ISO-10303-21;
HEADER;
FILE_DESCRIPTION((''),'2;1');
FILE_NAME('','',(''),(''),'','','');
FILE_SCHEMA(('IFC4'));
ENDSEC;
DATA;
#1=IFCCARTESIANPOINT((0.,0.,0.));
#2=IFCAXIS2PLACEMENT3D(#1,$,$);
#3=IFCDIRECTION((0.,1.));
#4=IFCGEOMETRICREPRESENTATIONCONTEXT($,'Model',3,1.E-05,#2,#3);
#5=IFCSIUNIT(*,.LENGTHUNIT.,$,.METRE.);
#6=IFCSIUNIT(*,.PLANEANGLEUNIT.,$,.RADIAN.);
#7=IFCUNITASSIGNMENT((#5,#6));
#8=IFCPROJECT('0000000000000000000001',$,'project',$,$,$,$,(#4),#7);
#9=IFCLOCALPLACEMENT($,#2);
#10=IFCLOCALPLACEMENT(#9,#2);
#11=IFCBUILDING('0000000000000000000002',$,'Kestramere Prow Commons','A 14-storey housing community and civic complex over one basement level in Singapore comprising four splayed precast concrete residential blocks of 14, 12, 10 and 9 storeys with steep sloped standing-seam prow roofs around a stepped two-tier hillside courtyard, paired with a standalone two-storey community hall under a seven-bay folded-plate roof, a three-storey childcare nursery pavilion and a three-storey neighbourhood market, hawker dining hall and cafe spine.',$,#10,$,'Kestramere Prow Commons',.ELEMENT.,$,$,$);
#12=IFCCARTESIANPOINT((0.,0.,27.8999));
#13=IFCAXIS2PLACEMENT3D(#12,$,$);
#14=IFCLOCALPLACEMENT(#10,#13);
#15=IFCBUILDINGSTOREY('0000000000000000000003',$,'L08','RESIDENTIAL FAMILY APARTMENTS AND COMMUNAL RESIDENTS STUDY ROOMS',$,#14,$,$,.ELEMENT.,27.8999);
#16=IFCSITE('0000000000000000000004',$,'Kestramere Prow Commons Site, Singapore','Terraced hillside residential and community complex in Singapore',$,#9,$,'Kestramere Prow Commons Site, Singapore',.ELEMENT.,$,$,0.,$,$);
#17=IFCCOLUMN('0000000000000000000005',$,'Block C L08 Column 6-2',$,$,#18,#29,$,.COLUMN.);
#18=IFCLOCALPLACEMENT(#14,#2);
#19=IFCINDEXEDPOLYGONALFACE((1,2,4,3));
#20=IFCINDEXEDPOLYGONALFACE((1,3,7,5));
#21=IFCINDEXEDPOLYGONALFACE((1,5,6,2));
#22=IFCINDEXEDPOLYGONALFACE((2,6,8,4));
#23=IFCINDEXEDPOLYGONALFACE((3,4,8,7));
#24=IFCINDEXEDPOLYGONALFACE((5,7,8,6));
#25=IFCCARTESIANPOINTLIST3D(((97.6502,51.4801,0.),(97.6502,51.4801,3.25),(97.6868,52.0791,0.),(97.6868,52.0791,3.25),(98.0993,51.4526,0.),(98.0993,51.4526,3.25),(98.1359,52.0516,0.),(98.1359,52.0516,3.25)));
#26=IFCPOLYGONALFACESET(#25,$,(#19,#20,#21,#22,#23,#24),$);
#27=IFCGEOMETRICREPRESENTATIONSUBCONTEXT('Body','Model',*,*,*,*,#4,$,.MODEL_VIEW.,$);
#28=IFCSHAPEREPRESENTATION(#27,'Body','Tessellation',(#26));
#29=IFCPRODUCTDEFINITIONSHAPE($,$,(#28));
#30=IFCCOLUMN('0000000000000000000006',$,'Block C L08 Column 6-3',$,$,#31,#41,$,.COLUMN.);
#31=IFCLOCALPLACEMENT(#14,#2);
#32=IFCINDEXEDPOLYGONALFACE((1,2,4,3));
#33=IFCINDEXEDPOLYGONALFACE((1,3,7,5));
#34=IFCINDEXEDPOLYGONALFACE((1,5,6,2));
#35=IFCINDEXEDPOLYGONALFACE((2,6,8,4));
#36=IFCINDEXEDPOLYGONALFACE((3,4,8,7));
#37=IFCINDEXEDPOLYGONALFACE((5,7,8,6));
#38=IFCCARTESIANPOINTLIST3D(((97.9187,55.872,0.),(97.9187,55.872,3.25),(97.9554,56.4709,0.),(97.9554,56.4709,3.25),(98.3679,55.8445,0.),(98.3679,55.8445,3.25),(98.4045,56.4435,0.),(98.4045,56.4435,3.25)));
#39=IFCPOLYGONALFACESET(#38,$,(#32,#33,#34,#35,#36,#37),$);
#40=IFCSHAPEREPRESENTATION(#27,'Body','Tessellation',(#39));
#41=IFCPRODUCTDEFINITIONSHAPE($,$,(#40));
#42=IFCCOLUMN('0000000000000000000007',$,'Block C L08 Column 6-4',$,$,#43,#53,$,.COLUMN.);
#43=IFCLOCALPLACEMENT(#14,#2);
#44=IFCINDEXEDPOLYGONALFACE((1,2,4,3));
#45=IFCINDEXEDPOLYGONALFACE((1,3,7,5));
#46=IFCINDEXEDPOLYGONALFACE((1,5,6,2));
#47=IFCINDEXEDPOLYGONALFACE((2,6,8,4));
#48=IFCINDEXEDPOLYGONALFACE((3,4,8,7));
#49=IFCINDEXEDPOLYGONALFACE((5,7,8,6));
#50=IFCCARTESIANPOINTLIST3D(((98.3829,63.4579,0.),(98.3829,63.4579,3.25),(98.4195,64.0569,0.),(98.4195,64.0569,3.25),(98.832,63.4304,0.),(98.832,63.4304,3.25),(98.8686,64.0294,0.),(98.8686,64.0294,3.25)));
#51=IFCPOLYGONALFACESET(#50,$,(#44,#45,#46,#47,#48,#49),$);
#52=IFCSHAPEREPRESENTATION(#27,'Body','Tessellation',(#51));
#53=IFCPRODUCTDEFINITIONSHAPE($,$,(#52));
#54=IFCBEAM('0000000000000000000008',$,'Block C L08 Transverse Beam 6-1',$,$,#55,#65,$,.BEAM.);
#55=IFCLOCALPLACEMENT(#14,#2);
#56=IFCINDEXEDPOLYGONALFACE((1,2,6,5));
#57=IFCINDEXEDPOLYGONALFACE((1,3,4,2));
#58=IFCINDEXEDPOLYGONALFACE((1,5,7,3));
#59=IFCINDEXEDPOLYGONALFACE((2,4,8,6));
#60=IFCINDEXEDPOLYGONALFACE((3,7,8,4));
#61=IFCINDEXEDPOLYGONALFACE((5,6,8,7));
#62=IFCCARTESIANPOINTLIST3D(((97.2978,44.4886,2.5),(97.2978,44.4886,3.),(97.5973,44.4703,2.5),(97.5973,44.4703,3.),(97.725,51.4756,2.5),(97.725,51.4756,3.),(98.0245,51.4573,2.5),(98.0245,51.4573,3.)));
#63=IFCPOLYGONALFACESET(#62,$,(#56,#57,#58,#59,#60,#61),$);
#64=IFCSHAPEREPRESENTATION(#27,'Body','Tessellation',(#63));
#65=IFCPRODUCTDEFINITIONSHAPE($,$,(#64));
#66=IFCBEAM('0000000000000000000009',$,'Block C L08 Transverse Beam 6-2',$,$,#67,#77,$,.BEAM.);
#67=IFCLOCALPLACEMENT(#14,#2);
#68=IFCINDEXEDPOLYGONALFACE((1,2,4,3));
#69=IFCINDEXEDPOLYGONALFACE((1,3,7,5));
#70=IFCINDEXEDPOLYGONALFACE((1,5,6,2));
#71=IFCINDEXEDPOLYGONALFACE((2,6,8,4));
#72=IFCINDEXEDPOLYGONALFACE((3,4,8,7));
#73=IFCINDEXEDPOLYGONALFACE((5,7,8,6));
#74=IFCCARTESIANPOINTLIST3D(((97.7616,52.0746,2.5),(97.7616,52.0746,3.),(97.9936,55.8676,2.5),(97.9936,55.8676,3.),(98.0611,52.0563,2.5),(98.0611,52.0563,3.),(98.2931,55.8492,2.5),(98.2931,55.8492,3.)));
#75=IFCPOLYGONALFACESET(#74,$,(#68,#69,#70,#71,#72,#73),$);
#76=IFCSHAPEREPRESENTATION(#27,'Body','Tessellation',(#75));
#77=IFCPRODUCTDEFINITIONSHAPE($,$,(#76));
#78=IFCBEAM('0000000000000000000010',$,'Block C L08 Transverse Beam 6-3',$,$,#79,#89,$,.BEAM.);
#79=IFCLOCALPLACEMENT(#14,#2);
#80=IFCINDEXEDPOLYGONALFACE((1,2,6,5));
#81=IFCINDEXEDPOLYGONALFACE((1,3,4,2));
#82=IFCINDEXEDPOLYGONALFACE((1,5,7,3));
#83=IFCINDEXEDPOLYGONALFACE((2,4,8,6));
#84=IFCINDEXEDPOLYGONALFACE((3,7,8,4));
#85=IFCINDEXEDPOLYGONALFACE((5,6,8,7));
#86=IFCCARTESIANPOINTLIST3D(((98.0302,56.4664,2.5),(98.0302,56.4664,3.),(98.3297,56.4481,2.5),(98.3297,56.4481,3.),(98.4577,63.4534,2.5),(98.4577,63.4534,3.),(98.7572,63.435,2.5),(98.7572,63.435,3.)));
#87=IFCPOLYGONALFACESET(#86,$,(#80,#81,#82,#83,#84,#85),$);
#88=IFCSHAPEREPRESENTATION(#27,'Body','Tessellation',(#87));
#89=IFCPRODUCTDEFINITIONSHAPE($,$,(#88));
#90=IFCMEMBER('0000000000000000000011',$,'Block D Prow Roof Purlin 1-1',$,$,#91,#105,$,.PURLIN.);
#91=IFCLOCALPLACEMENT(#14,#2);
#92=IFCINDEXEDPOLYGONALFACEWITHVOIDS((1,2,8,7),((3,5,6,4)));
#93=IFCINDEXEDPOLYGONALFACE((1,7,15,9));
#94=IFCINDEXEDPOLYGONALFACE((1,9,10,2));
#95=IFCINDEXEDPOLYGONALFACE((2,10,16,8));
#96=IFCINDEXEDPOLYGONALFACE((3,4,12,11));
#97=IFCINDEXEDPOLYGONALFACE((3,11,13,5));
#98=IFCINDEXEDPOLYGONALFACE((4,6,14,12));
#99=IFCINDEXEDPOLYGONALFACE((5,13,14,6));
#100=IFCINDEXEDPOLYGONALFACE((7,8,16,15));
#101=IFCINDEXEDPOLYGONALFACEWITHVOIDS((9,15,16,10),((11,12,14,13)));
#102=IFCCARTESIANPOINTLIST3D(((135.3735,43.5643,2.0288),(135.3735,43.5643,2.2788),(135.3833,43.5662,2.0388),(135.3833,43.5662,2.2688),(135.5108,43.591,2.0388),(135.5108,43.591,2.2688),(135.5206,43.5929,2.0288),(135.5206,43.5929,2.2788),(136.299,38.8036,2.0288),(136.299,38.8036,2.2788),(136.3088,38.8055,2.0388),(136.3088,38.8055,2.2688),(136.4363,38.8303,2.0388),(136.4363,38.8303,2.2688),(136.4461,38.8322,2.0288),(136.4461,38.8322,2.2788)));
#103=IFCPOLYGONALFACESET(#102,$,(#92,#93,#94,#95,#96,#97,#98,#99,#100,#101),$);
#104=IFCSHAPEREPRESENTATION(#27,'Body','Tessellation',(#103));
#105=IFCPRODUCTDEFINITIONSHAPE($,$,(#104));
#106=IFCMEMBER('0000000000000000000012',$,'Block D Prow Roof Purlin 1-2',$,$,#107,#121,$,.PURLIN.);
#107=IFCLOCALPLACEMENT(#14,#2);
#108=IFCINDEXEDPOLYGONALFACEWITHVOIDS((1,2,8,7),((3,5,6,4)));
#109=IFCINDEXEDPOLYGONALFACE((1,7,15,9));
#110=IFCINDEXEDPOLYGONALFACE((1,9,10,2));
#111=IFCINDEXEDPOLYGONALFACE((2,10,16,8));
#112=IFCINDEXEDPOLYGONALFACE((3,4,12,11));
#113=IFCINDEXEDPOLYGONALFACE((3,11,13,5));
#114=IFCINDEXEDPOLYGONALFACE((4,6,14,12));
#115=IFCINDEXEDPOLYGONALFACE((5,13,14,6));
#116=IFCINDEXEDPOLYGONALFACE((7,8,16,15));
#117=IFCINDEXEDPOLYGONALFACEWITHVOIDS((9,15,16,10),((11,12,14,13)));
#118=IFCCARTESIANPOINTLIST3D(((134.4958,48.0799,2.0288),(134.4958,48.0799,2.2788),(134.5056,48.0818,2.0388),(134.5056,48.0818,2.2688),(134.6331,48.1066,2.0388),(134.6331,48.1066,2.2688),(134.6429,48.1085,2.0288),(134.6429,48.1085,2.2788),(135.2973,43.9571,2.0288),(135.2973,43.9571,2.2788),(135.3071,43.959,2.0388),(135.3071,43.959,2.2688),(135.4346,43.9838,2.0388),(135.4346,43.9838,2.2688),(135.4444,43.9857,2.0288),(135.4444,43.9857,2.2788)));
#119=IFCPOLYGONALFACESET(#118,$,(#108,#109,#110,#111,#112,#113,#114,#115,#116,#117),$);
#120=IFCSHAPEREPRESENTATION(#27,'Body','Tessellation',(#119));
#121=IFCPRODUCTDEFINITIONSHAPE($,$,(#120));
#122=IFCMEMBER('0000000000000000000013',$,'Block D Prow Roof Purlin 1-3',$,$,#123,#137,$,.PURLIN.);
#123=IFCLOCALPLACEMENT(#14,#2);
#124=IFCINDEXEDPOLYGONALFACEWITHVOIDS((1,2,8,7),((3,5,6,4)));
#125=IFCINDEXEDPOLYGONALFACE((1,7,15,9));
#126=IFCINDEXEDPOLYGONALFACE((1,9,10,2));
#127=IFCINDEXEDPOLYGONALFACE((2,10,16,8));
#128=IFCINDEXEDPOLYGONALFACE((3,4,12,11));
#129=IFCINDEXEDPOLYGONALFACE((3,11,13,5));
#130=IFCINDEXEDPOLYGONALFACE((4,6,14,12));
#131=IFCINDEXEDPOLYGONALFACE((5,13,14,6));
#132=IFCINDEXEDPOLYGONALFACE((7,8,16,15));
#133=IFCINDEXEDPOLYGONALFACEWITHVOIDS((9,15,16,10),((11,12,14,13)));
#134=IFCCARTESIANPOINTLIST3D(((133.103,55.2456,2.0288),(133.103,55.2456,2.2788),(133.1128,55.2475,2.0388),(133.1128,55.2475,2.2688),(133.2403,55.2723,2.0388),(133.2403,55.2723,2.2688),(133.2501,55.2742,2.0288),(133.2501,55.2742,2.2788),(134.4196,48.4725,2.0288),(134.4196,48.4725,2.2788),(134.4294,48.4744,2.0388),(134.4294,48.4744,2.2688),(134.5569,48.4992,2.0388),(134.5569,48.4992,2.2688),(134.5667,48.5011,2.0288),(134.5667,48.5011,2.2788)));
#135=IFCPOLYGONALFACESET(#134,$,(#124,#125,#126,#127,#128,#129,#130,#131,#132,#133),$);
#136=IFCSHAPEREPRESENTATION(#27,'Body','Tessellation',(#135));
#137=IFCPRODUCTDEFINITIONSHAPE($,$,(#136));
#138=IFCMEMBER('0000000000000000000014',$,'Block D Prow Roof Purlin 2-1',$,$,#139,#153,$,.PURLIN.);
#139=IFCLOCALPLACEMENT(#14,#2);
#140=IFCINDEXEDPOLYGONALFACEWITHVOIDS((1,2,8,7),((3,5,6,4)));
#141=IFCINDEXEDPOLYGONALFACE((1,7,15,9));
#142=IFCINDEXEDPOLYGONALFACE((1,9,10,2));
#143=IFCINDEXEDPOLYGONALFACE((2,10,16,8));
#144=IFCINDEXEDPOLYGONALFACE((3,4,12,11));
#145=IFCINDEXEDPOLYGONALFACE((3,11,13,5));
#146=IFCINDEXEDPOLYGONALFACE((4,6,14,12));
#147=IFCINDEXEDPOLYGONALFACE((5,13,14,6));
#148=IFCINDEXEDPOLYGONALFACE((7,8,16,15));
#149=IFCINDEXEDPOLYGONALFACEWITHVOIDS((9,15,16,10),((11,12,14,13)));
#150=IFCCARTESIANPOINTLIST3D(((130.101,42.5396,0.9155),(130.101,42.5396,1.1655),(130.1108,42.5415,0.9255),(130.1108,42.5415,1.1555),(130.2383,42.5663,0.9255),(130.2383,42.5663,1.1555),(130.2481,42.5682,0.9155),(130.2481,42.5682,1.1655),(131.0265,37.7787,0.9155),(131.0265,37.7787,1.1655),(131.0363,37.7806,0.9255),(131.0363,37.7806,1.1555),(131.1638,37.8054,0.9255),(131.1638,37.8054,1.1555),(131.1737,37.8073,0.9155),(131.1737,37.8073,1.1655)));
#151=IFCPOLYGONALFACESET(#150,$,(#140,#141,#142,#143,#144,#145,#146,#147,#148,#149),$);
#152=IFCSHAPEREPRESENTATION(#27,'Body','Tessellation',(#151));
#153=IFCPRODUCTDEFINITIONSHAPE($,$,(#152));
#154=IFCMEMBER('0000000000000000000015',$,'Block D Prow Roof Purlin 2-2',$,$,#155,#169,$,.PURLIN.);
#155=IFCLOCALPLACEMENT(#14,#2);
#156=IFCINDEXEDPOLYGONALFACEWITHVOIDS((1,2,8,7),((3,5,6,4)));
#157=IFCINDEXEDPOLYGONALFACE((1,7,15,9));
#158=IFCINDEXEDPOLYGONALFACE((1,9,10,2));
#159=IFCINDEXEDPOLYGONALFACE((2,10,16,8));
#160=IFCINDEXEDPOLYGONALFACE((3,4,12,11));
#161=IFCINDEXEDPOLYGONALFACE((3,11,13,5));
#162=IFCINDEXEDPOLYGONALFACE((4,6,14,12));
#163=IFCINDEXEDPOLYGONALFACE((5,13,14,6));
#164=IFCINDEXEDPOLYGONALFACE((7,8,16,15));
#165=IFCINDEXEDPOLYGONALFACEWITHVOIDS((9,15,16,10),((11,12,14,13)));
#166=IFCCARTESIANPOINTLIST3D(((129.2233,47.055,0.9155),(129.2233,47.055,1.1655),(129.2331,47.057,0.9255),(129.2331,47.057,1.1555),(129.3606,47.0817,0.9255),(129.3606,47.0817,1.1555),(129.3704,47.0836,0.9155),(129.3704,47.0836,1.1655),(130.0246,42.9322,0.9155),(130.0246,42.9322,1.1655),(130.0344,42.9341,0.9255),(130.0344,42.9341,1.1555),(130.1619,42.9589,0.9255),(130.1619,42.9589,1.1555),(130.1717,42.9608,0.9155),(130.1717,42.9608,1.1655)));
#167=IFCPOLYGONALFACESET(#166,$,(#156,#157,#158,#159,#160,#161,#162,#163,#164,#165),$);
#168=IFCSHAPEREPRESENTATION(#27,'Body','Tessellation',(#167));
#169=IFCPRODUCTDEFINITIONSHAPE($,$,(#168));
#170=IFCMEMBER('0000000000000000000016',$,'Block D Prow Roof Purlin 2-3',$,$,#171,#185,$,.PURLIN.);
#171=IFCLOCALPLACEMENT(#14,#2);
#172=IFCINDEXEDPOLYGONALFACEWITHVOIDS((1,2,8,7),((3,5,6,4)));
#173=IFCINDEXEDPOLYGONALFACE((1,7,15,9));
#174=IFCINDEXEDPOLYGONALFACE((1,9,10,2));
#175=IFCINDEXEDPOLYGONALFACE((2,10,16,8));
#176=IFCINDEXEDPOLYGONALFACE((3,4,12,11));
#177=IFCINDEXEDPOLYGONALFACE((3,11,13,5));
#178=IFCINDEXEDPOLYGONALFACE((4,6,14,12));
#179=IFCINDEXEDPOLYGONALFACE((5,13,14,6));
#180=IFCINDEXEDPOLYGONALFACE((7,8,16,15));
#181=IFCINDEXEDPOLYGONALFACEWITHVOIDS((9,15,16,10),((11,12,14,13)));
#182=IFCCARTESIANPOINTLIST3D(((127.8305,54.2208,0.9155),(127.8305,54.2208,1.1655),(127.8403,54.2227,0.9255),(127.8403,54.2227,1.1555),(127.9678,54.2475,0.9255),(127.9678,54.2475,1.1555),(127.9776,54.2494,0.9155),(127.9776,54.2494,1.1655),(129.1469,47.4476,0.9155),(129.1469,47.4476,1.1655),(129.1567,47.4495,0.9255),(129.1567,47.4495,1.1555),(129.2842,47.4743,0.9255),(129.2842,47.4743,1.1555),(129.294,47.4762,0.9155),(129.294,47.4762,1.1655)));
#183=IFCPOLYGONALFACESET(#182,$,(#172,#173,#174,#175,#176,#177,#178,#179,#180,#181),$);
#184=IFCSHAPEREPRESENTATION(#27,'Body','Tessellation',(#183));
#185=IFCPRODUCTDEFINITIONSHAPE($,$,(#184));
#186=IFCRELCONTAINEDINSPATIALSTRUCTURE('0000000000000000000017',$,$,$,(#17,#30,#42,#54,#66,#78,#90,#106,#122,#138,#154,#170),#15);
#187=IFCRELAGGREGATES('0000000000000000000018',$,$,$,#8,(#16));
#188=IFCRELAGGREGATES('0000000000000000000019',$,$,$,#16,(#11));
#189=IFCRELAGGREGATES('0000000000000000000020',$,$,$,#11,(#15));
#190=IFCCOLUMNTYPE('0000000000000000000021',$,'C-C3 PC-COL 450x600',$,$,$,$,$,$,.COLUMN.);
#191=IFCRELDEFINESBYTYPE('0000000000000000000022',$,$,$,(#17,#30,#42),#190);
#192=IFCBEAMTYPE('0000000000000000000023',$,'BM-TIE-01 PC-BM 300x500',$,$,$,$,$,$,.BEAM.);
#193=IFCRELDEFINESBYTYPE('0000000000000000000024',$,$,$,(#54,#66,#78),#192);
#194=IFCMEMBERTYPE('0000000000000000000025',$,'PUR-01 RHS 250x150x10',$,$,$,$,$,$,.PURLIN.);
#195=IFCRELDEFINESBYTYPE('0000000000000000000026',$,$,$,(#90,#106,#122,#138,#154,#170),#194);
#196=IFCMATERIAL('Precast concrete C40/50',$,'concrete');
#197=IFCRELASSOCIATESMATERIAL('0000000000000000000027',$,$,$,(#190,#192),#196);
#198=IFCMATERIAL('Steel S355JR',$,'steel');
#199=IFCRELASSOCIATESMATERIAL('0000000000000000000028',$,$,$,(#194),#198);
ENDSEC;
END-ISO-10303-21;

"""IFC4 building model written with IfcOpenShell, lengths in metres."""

from ifc_helpers import new_model, si_unit, direction, frame, origin, origin_2d, place, context, subcontext, project, spatial, rectangle, hollow_rectangle, extrude, material, material_profile, profile_set, type_object, element, save


model = new_model("IFC4")

# Units and contexts
model_context = context("Model", 3, precision=1e-05, world=origin(), true_north=direction((0.0, 1.0)))
body_context = subcontext(model_context, "Body", "Model", "MODEL_VIEW")
ifc_project = project(units=[si_unit("LENGTHUNIT", "METRE"), si_unit("PLANEANGLEUNIT", "RADIAN")], contexts=[model_context])

# Site, building, storey
site_placement = place(None, origin())
site = spatial("IfcSite", under=ifc_project, at=site_placement, Name="Kestramere Prow Commons Site, Singapore", Description="Terraced hillside residential and community complex in Singapore", LongName="Kestramere Prow Commons Site, Singapore", CompositionType="ELEMENT", RefElevation=0.0)
building_placement = place(site_placement, origin())
building = spatial("IfcBuilding", under=site, at=building_placement, Name="Kestramere Prow Commons", Description="A 14-storey housing community and civic complex over one basement level in Singapore comprising four splayed precast concrete residential blocks of 14, 12, 10 and 9 storeys with steep sloped standing-seam prow roofs around a stepped two-tier hillside courtyard, paired with a standalone two-storey community hall under a seven-bay folded-plate roof, a three-storey childcare nursery pavilion and a three-storey neighbourhood market, hawker dining hall and cafe spine.", LongName="Kestramere Prow Commons", CompositionType="ELEMENT")
storey_placement = place(building_placement, frame((0.0, 0.0, 27.8999)))
storey = spatial("IfcBuildingStorey", under=building, at=storey_placement, Name="L08", Description="RESIDENTIAL FAMILY APARTMENTS AND COMMUNAL RESIDENTS STUDY ROOMS", CompositionType="ELEMENT", Elevation=27.8999)

# Columns
ifc_material_1 = material(Name="Precast concrete C40/50", Category="concrete")
ifc_material_profile_1 = material_profile(ifc_material_1, rectangle(XDim=0.45, YDim=0.6001, at=origin_2d()), Name="PC-COL 450x600")
ifc_profile_set_1 = profile_set([ifc_material_profile_1], Name="Precast concrete C40/50")
column_type = type_object("IfcColumnType", Name="C-C3 PC-COL 450x600", PredefinedType="COLUMN", material=ifc_profile_set_1)
for number, where, z_axis, x_axis, name in (
    (1, (97.8931, 51.7659, 0.0), (0.0, 0.0, 1.0), (0.998135, -0.061049, 0.0), "Block C L08 Column 6-2"),
    (2, (98.1616, 56.1577, 0.0), (0.0, 0.0, 1.0), (0.998135, -0.061049, 0.0), "Block C L08 Column 6-3"),
    (3, (98.6257, 63.7437, 0.0), (0.0, 0.0, 1.0), (0.998135, -0.061049, 0.0), "Block C L08 Column 6-4"),
):
    element("IfcColumn", number, at=place(storey_placement, frame(where, z_axis=z_axis, x_axis=x_axis)), inside=storey, type_object=column_type, Name=name, PredefinedType="COLUMN", context=body_context, shape_type="SweptSolid", body=[
        extrude(rectangle(XDim=0.45, YDim=0.6001, at=origin_2d()), origin(), (0.0, 0.0, 1.0), 3.25),
    ])

# Beams
ifc_material_profile_2 = material_profile(ifc_material_1, rectangle(XDim=0.3, YDim=0.5, at=origin_2d()), Name="PC-BM 300x500")
ifc_profile_set_2 = profile_set([ifc_material_profile_2], Name="Precast concrete C40/50")
beam_type = type_object("IfcBeamType", Name="BM-TIE-01 PC-BM 300x500", PredefinedType="BEAM", material=ifc_profile_set_2)
beam_1_placement = place(storey_placement, frame((97.4475, 44.4795, 2.75), z_axis=(0.061034, 0.998136, 0.0), x_axis=(-0.998136, 0.061034, 0.0)))
element("IfcBeam", 4, at=beam_1_placement, inside=storey, type_object=beam_type, Name="Block C L08 Transverse Beam 6-1", PredefinedType="BEAM", context=body_context, shape_type="SweptSolid", body=[
    extrude(rectangle(XDim=0.3, YDim=0.5, at=origin_2d()), origin(), (0.0, 0.0, 1.0), 7.0),
])
beam_2_placement = place(storey_placement, frame((97.9114, 52.0654, 2.75), z_axis=(0.061034, 0.998136, 0.0), x_axis=(-0.998136, 0.061034, 0.0)))
element("IfcBeam", 5, at=beam_2_placement, inside=storey, type_object=beam_type, Name="Block C L08 Transverse Beam 6-2", PredefinedType="BEAM", context=body_context, shape_type="SweptSolid", body=[
    extrude(rectangle(XDim=0.3, YDim=0.5, at=origin_2d()), origin(), (0.0, 0.0, 1.0), 3.8),
])
beam_3_placement = place(storey_placement, frame((98.1799, 56.4573, 2.75), z_axis=(0.061071, 0.998133, 0.0), x_axis=(-0.998133, 0.061071, 0.0)))
element("IfcBeam", 6, at=beam_3_placement, inside=storey, type_object=beam_type, Name="Block C L08 Transverse Beam 6-3", PredefinedType="BEAM", context=body_context, shape_type="SweptSolid", body=[
    extrude(rectangle(XDim=0.3, YDim=0.5, at=origin_2d()), origin(), (0.0, 0.0, 1.0), 7.0),
])

# Members
ifc_material_2 = material(Name="Steel S355JR", Category="steel")
ifc_material_profile_3 = material_profile(ifc_material_2, hollow_rectangle(XDim=0.1499, YDim=0.25, WallThickness=0.01, at=origin_2d()), Name="RHS 250x150x10")
ifc_profile_set_3 = profile_set([ifc_material_profile_3], Name="Steel S355JR")
member_type = type_object("IfcMemberType", Name="PUR-01 RHS 250x150x10", PredefinedType="PURLIN", material=ifc_profile_set_3)
member_1_placement = place(storey_placement, frame((136.3726, 38.8179, 2.1538), z_axis=(-0.190837, 0.981622, 0.0), x_axis=(-0.981622, -0.190837, 0.0)))
element("IfcMember", 7, at=member_1_placement, inside=storey, type_object=member_type, Name="Block D Prow Roof Purlin 1-1", PredefinedType="PURLIN", context=body_context, shape_type="SweptSolid", body=[
    extrude(hollow_rectangle(XDim=0.1499, YDim=0.25, WallThickness=0.01, at=origin_2d()), origin(), (0.0, 0.0, 1.0), 4.8499),
])
member_2_placement = place(storey_placement, frame((135.3708, 43.9714, 2.1538), z_axis=(-0.190837, 0.981622, 0.0), x_axis=(-0.981622, -0.190837, 0.0)))
element("IfcMember", 8, at=member_2_placement, inside=storey, type_object=member_type, Name="Block D Prow Roof Purlin 1-2", PredefinedType="PURLIN", context=body_context, shape_type="SweptSolid", body=[
    extrude(hollow_rectangle(XDim=0.1499, YDim=0.25, WallThickness=0.01, at=origin_2d()), origin(), (0.0, 0.0, 1.0), 4.2),
])
member_3_placement = place(storey_placement, frame((134.4932, 48.4868, 2.1538), z_axis=(-0.190819, 0.981625, 0.0), x_axis=(-0.981625, -0.190819, 0.0)))
element("IfcMember", 9, at=member_3_placement, inside=storey, type_object=member_type, Name="Block D Prow Roof Purlin 1-3", PredefinedType="PURLIN", context=body_context, shape_type="SweptSolid", body=[
    extrude(hollow_rectangle(XDim=0.1499, YDim=0.25, WallThickness=0.01, at=origin_2d()), origin(), (0.0, 0.0, 1.0), 6.8999),
])
member_4_placement = place(storey_placement, frame((131.1001, 37.793, 1.0405), z_axis=(-0.190828, 0.981624, 0.0), x_axis=(-0.981624, -0.190828, 0.0)))
element("IfcMember", 10, at=member_4_placement, inside=storey, type_object=member_type, Name="Block D Prow Roof Purlin 2-1", PredefinedType="PURLIN", context=body_context, shape_type="SweptSolid", body=[
    extrude(hollow_rectangle(XDim=0.1499, YDim=0.25, WallThickness=0.01, at=origin_2d()), origin(), (0.0, 0.0, 1.0), 4.8501),
])
member_5_placement = place(storey_placement, frame((130.0981, 42.9465, 1.0405), z_axis=(-0.190781, 0.981633, 0.0), x_axis=(-0.981633, -0.190781, 0.0)))
element("IfcMember", 11, at=member_5_placement, inside=storey, type_object=member_type, Name="Block D Prow Roof Purlin 2-2", PredefinedType="PURLIN", context=body_context, shape_type="SweptSolid", body=[
    extrude(hollow_rectangle(XDim=0.1499, YDim=0.25, WallThickness=0.01, at=origin_2d()), origin(), (0.0, 0.0, 1.0), 4.2),
])
member_6_placement = place(storey_placement, frame((129.2205, 47.4619, 1.0405), z_axis=(-0.190785, 0.981632, 0.0), x_axis=(-0.981632, -0.190785, 0.0)))
element("IfcMember", 12, at=member_6_placement, inside=storey, type_object=member_type, Name="Block D Prow Roof Purlin 2-3", PredefinedType="PURLIN", context=body_context, shape_type="SweptSolid", body=[
    extrude(hollow_rectangle(XDim=0.1499, YDim=0.25, WallThickness=0.01, at=origin_2d()), origin(), (0.0, 0.0, 1.0), 6.8999),
])

save(model, "model.ifc")
